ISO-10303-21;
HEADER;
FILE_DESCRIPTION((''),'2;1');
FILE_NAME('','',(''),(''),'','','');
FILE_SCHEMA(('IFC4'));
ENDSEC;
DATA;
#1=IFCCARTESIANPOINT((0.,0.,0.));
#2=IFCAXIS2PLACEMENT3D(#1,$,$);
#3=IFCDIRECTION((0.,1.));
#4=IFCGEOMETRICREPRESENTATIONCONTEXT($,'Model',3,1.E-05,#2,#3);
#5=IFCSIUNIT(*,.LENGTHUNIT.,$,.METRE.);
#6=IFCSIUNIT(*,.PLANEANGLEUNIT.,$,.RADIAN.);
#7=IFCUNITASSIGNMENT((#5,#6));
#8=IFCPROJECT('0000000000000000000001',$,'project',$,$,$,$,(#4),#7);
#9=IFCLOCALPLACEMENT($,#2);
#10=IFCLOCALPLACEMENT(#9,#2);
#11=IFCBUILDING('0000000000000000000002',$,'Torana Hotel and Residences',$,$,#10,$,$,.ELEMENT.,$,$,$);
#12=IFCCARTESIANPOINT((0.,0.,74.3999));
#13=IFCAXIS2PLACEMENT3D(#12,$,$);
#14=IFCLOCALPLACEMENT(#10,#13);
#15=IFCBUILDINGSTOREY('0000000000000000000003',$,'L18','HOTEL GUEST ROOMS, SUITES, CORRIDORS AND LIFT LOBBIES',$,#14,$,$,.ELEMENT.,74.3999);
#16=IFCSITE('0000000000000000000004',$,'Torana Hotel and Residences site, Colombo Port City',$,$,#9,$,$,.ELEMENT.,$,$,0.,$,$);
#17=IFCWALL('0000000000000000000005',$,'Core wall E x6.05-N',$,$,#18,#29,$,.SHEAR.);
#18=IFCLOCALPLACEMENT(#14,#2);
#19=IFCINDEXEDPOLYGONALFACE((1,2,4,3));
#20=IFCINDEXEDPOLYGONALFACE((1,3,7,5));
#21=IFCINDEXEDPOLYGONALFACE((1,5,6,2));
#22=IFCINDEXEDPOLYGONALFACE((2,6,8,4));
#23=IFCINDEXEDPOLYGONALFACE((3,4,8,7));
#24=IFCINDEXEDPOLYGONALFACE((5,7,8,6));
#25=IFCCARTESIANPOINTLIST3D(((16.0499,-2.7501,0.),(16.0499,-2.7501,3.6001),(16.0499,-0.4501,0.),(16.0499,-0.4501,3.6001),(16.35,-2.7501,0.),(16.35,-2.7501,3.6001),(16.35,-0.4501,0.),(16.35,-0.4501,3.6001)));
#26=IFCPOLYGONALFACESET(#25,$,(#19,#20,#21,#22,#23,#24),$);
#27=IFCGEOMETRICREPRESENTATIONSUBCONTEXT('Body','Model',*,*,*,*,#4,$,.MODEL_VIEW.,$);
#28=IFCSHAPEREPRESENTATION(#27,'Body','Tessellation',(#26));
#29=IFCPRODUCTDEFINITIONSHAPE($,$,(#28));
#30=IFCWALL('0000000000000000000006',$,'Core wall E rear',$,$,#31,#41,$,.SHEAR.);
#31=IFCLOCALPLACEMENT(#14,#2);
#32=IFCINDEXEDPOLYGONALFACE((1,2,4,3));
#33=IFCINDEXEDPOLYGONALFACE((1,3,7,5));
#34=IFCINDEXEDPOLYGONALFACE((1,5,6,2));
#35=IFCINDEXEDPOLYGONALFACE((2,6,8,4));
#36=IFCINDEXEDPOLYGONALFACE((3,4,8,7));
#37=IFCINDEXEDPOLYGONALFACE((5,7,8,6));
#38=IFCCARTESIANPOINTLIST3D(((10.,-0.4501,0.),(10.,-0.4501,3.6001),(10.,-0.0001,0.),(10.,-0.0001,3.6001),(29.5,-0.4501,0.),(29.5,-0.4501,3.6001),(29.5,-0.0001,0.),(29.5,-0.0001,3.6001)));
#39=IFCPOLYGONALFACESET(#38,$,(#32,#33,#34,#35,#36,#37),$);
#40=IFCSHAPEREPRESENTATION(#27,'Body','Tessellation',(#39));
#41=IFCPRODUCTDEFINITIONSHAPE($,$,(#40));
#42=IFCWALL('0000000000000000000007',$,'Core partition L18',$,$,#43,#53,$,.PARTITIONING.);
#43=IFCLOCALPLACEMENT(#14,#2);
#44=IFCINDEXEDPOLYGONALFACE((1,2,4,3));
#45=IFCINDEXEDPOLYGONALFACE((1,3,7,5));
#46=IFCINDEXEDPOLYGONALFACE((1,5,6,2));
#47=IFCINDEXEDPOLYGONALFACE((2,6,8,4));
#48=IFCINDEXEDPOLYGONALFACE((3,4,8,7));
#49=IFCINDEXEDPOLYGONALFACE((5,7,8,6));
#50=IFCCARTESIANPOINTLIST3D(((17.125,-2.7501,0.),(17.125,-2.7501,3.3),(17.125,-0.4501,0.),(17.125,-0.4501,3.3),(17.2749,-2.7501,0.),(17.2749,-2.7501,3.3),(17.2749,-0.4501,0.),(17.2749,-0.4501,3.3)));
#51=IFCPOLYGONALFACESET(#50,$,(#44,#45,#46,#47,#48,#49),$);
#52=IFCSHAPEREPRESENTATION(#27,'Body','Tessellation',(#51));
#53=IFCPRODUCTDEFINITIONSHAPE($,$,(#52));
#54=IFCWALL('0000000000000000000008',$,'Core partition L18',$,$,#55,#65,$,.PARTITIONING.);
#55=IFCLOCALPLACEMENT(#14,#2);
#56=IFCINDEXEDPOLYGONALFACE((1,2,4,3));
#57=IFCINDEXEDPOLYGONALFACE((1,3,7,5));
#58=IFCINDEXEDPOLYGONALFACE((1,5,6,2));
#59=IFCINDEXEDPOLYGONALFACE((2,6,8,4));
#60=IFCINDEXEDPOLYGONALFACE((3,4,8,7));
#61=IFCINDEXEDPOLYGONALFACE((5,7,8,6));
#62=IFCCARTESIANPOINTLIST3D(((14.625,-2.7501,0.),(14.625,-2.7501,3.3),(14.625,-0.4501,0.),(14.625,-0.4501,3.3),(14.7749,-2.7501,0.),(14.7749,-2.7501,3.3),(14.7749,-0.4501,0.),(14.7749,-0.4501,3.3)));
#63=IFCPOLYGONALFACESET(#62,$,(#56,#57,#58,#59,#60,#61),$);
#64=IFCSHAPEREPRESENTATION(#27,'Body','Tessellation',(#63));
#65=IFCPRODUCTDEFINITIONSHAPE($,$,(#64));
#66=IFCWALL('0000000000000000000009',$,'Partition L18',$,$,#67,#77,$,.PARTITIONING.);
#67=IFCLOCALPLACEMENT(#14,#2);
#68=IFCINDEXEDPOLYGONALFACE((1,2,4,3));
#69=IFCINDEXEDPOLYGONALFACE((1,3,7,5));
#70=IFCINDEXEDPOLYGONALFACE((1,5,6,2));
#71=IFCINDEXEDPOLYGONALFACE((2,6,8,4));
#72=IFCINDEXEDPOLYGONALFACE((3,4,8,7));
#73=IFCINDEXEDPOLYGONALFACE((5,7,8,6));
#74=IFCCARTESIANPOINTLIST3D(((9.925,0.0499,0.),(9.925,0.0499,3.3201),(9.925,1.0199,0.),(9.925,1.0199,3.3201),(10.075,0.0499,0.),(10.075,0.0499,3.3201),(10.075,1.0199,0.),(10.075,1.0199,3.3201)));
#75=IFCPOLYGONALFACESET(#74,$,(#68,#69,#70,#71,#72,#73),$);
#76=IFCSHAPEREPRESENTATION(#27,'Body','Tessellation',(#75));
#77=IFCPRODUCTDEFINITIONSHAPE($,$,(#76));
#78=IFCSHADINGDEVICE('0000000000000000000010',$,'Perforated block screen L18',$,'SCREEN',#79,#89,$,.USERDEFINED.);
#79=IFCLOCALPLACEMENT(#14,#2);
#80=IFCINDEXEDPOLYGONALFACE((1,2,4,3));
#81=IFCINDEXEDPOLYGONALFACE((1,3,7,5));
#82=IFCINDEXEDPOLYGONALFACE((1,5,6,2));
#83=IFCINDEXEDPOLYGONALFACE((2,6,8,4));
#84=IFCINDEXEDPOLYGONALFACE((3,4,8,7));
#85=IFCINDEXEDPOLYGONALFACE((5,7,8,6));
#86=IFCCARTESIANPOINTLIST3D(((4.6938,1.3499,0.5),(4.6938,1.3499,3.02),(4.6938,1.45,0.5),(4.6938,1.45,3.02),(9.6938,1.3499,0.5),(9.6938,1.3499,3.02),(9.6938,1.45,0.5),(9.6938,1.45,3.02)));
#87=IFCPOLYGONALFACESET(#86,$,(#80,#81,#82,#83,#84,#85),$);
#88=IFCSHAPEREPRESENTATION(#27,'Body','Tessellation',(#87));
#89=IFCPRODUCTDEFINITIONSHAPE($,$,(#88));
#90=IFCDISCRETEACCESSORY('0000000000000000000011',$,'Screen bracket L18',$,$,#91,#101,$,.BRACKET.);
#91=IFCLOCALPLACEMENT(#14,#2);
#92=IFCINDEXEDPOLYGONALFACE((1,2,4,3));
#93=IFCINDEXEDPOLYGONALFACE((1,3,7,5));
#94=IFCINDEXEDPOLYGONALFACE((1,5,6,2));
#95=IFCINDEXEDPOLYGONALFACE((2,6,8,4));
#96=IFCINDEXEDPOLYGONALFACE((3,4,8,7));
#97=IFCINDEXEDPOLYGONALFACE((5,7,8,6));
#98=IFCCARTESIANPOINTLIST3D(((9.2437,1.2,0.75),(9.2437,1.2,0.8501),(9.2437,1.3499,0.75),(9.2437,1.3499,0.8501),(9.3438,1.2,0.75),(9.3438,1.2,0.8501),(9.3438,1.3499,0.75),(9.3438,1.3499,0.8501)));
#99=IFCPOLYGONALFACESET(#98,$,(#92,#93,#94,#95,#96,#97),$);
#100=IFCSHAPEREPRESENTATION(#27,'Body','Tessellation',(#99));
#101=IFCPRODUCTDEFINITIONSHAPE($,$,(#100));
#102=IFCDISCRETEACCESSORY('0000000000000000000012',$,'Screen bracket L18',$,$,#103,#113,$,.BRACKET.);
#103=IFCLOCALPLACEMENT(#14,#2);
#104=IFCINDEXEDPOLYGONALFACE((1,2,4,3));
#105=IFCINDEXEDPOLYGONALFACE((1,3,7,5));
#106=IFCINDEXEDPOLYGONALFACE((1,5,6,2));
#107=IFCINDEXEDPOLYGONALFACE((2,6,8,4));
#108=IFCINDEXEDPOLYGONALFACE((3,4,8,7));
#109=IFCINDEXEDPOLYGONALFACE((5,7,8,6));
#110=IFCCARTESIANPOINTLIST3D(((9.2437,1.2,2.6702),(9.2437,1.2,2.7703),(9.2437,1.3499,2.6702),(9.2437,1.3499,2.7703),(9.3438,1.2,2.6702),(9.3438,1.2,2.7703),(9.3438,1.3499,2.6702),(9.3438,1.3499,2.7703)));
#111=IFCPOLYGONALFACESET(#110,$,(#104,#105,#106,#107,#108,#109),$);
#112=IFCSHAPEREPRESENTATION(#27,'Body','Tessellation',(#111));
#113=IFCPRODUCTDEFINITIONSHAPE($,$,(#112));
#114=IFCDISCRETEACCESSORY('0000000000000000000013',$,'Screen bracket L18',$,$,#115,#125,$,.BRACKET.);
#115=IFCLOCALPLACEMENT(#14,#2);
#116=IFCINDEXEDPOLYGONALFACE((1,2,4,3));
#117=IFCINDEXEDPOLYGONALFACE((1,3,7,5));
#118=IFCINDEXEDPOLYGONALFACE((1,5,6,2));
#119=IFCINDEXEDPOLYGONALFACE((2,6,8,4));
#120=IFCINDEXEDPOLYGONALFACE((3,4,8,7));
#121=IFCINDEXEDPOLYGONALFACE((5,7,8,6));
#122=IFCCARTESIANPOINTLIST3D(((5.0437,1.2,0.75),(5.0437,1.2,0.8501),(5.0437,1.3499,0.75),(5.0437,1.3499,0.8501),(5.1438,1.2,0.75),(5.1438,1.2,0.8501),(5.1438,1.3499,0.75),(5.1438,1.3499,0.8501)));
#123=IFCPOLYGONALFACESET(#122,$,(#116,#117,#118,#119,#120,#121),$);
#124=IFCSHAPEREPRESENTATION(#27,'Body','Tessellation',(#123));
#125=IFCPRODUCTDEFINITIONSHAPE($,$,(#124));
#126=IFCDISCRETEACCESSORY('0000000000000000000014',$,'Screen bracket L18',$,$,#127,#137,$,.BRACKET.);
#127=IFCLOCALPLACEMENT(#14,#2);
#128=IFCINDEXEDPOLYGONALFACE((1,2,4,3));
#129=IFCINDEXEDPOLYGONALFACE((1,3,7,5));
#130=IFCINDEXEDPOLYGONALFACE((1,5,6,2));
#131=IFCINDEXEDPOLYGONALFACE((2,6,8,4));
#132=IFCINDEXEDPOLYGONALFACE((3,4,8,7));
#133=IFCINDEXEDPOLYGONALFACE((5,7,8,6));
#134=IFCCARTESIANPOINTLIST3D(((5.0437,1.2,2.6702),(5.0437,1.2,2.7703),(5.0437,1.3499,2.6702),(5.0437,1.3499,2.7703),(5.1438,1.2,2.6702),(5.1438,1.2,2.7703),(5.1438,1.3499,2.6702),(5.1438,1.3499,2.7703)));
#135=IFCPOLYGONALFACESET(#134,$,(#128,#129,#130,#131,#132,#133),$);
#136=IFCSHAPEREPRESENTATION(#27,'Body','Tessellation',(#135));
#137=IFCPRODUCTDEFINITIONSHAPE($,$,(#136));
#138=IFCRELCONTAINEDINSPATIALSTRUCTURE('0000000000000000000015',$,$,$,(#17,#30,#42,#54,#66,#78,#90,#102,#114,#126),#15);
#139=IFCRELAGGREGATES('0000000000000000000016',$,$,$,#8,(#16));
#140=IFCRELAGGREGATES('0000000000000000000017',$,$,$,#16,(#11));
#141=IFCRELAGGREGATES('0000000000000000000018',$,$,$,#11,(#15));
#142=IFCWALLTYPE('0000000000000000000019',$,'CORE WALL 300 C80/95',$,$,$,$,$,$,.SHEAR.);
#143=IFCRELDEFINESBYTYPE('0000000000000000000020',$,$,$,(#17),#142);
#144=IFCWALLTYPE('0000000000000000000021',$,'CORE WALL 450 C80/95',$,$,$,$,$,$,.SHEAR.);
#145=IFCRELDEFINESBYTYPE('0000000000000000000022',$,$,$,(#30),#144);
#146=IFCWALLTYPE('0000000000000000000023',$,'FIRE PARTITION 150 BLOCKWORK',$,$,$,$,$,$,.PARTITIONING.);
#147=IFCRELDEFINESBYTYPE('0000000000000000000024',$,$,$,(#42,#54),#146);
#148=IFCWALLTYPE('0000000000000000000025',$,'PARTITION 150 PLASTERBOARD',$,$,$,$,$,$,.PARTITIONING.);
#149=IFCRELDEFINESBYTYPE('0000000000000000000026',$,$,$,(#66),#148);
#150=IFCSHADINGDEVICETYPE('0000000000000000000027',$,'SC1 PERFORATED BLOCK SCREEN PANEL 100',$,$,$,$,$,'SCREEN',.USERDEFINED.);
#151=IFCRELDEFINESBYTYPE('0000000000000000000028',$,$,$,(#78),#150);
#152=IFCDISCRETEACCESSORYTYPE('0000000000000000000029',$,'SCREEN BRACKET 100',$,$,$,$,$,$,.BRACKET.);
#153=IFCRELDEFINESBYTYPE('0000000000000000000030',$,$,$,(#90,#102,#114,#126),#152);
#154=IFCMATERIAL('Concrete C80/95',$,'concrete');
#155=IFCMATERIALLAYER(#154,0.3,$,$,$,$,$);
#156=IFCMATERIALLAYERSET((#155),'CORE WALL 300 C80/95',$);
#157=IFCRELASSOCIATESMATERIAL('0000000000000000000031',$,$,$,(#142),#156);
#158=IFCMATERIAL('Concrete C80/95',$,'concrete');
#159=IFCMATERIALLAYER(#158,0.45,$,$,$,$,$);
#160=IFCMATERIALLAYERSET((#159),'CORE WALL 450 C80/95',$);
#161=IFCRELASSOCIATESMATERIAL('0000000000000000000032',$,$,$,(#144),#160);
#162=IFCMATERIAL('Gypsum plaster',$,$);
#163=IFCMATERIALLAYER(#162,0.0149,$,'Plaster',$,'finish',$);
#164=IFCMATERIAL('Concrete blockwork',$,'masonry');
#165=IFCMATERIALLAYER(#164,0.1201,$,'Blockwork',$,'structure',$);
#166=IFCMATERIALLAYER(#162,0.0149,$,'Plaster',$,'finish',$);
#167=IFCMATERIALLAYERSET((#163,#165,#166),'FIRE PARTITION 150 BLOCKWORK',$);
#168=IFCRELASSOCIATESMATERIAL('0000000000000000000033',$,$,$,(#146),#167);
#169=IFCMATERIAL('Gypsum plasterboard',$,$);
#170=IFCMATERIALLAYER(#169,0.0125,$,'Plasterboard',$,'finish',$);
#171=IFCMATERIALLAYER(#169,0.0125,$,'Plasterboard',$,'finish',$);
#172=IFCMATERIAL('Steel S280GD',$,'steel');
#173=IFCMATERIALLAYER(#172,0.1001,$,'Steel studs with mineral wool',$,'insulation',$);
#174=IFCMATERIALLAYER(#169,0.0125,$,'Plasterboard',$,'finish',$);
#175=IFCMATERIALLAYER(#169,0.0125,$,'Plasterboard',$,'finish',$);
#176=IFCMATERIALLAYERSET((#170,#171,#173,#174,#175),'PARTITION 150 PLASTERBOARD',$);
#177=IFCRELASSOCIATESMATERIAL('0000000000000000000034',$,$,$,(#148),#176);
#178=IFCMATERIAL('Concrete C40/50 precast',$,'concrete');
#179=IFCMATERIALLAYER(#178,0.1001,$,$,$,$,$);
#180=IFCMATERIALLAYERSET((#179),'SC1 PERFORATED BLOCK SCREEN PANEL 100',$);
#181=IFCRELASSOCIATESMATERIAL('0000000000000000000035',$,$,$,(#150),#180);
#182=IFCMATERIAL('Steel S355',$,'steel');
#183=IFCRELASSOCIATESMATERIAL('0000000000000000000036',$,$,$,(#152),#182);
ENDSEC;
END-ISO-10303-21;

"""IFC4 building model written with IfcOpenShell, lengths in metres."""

from ifc_helpers import new_model, si_unit, direction, frame, frame_2d, origin, origin_2d, place, context, subcontext, project, spatial, rectangle, extrude, material, layer, layer_set, type_object, element, save


model = new_model("IFC4")

# Units and contexts
model_context = context("Model", 3, precision=1e-05, world=origin(), true_north=direction((0.0, 1.0)))
body_context = subcontext(model_context, "Body", "Model", "MODEL_VIEW")
ifc_project = project(units=[si_unit("LENGTHUNIT", "METRE"), si_unit("PLANEANGLEUNIT", "RADIAN")], contexts=[model_context])

# Site, building, storey
site_placement = place(None, origin())
site = spatial("IfcSite", under=ifc_project, at=site_placement, Name="Torana Hotel and Residences site, Colombo Port City", CompositionType="ELEMENT", RefElevation=0.0)
building_placement = place(site_placement, origin())
building = spatial("IfcBuilding", under=site, at=building_placement, Name="Torana Hotel and Residences", CompositionType="ELEMENT")
storey_placement = place(building_placement, frame((0.0, 0.0, 74.3999)))
storey = spatial("IfcBuildingStorey", under=building, at=storey_placement, Name="L18", Description="HOTEL GUEST ROOMS, SUITES, CORRIDORS AND LIFT LOBBIES", CompositionType="ELEMENT", Elevation=74.3999)

# Walls
ifc_material_1 = material(Name="Concrete C80/95", Category="concrete")
ifc_layer_1 = layer(ifc_material_1, 0.3)
ifc_layer_set_1 = layer_set([ifc_layer_1], Name="CORE WALL 300 C80/95")
wall_type_1 = type_object("IfcWallType", Name="CORE WALL 300 C80/95", PredefinedType="SHEAR", material=ifc_layer_set_1)
wall_1_placement = place(storey_placement, frame((16.2, -2.75, 0.0), z_axis=(0.0, 0.0, 1.0), x_axis=(0.0, 1.0, 0.0)))
element("IfcWall", 1, at=wall_1_placement, inside=storey, type_object=wall_type_1, Name="Core wall E x6.05-N", PredefinedType="SHEAR", context=body_context, shape_type="SweptSolid", body=[
    extrude(rectangle(XDim=2.3, YDim=0.3, at=frame_2d((1.1499, 0.0))), origin(), (0.0, 0.0, 1.0), 3.6001),
])
ifc_material_2 = material(Name="Concrete C80/95", Category="concrete")
ifc_layer_2 = layer(ifc_material_2, 0.45)
ifc_layer_set_2 = layer_set([ifc_layer_2], Name="CORE WALL 450 C80/95")
wall_type_2 = type_object("IfcWallType", Name="CORE WALL 450 C80/95", PredefinedType="SHEAR", material=ifc_layer_set_2)
wall_2_placement = place(storey_placement, frame((10.0, -0.2251, 0.0), z_axis=(0.0, 0.0, 1.0), x_axis=(1.0, 0.0, 0.0)))
element("IfcWall", 2, at=wall_2_placement, inside=storey, type_object=wall_type_2, Name="Core wall E rear", PredefinedType="SHEAR", context=body_context, shape_type="SweptSolid", body=[
    extrude(rectangle(XDim=19.5, YDim=0.45, at=frame_2d((9.75, 0.0))), origin(), (0.0, 0.0, 1.0), 3.6001),
])
ifc_material_3 = material(Name="Gypsum plaster")
ifc_layer_3 = layer(ifc_material_3, 0.0149, Name="Plaster", Category="finish")
ifc_material_4 = material(Name="Concrete blockwork", Category="masonry")
ifc_layer_4 = layer(ifc_material_4, 0.1201, Name="Blockwork", Category="structure")
ifc_layer_5 = layer(ifc_material_3, 0.0149, Name="Plaster", Category="finish")
ifc_layer_set_3 = layer_set([ifc_layer_3, ifc_layer_4, ifc_layer_5], Name="FIRE PARTITION 150 BLOCKWORK")
wall_type_3 = type_object("IfcWallType", Name="FIRE PARTITION 150 BLOCKWORK", PredefinedType="PARTITIONING", material=ifc_layer_set_3)
for number, where, z_axis, x_axis, name in (
    (3, (17.2, -2.75, 0.0), (0.0, 0.0, 1.0), (0.0, 1.0, 0.0), "Core partition L18"),
    (4, (14.7, -2.75, 0.0), (0.0, 0.0, 1.0), (0.0, 1.0, 0.0), "Core partition L18"),
):
    element("IfcWall", number, at=place(storey_placement, frame(where, z_axis=z_axis, x_axis=x_axis)), inside=storey, type_object=wall_type_3, Name=name, PredefinedType="PARTITIONING", context=body_context, shape_type="SweptSolid", body=[
        extrude(rectangle(XDim=2.3, YDim=0.1499, at=frame_2d((1.1499, 0.0))), origin(), (0.0, 0.0, 1.0), 3.3),
    ])
ifc_material_5 = material(Name="Gypsum plasterboard")
ifc_layer_6 = layer(ifc_material_5, 0.0125, Name="Plasterboard", Category="finish")
ifc_layer_7 = layer(ifc_material_5, 0.0125, Name="Plasterboard", Category="finish")
ifc_material_6 = material(Name="Steel S280GD", Category="steel")
ifc_layer_8 = layer(ifc_material_6, 0.1001, Name="Steel studs with mineral wool", Category="insulation")
ifc_layer_9 = layer(ifc_material_5, 0.0125, Name="Plasterboard", Category="finish")
ifc_layer_10 = layer(ifc_material_5, 0.0125, Name="Plasterboard", Category="finish")
ifc_layer_set_4 = layer_set([ifc_layer_6, ifc_layer_7, ifc_layer_8, ifc_layer_9, ifc_layer_10], Name="PARTITION 150 PLASTERBOARD")
wall_type_4 = type_object("IfcWallType", Name="PARTITION 150 PLASTERBOARD", PredefinedType="PARTITIONING", material=ifc_layer_set_4)
wall_3_placement = place(storey_placement, frame((10.0, 0.05, 0.0), z_axis=(0.0, 0.0, 1.0), x_axis=(0.0, 1.0, 0.0)))
element("IfcWall", 5, at=wall_3_placement, inside=storey, type_object=wall_type_4, Name="Partition L18", PredefinedType="PARTITIONING", context=body_context, shape_type="SweptSolid", body=[
    extrude(rectangle(XDim=0.97, YDim=0.1499, at=frame_2d((0.4849, 0.0))), origin(), (0.0, 0.0, 1.0), 3.3201),
])

# Shading device
ifc_material_7 = material(Name="Concrete C40/50 precast", Category="concrete")
ifc_layer_11 = layer(ifc_material_7, 0.1001)
ifc_layer_set_5 = layer_set([ifc_layer_11], Name="SC1 PERFORATED BLOCK SCREEN PANEL 100")
shading_device_type = type_object("IfcShadingDeviceType", Name="SC1 PERFORATED BLOCK SCREEN PANEL 100", ElementType="SCREEN", PredefinedType="USERDEFINED", material=ifc_layer_set_5)
shading_device_placement = place(storey_placement, frame((7.1938, 1.3999, 0.5), z_axis=(0.0, 0.0, 1.0), x_axis=(-1.0, 0.0, 0.0)))
element("IfcShadingDevice", 6, at=shading_device_placement, inside=storey, type_object=shading_device_type, Name="Perforated block screen L18", ObjectType="SCREEN", PredefinedType="USERDEFINED", context=body_context, shape_type="SweptSolid", body=[
    extrude(rectangle(XDim=5.0, YDim=0.1001, at=origin_2d()), origin(), (0.0, 0.0, 1.0), 2.52),
])

# Discrete accessories
ifc_material_8 = material(Name="Steel S355", Category="steel")
discrete_accessory_type = type_object("IfcDiscreteAccessoryType", Name="SCREEN BRACKET 100", PredefinedType="BRACKET", material=ifc_material_8)
for number, where, z_axis, x_axis, name in (
    (7, (9.2937, 1.2749, 0.75), (0.0, 0.0, 1.0), (-1.0, 0.0, 0.0), "Screen bracket L18"),
    (8, (9.2937, 1.2749, 2.6702), (0.0, 0.0, 1.0), (-1.0, 0.0, 0.0), "Screen bracket L18"),
    (9, (5.0938, 1.2749, 0.75), (0.0, 0.0, 1.0), (-1.0, 0.0, 0.0), "Screen bracket L18"),
    (10, (5.0938, 1.2749, 2.6702), (0.0, 0.0, 1.0), (-1.0, 0.0, 0.0), "Screen bracket L18"),
):
    element("IfcDiscreteAccessory", number, at=place(storey_placement, frame(where, z_axis=z_axis, x_axis=x_axis)), inside=storey, type_object=discrete_accessory_type, Name=name, PredefinedType="BRACKET", context=body_context, shape_type="SweptSolid", body=[
        extrude(rectangle(XDim=0.1001, YDim=0.1499, at=origin_2d()), origin(), (0.0, 0.0, 1.0), 0.1001),
    ])

save(model, "model.ifc")
